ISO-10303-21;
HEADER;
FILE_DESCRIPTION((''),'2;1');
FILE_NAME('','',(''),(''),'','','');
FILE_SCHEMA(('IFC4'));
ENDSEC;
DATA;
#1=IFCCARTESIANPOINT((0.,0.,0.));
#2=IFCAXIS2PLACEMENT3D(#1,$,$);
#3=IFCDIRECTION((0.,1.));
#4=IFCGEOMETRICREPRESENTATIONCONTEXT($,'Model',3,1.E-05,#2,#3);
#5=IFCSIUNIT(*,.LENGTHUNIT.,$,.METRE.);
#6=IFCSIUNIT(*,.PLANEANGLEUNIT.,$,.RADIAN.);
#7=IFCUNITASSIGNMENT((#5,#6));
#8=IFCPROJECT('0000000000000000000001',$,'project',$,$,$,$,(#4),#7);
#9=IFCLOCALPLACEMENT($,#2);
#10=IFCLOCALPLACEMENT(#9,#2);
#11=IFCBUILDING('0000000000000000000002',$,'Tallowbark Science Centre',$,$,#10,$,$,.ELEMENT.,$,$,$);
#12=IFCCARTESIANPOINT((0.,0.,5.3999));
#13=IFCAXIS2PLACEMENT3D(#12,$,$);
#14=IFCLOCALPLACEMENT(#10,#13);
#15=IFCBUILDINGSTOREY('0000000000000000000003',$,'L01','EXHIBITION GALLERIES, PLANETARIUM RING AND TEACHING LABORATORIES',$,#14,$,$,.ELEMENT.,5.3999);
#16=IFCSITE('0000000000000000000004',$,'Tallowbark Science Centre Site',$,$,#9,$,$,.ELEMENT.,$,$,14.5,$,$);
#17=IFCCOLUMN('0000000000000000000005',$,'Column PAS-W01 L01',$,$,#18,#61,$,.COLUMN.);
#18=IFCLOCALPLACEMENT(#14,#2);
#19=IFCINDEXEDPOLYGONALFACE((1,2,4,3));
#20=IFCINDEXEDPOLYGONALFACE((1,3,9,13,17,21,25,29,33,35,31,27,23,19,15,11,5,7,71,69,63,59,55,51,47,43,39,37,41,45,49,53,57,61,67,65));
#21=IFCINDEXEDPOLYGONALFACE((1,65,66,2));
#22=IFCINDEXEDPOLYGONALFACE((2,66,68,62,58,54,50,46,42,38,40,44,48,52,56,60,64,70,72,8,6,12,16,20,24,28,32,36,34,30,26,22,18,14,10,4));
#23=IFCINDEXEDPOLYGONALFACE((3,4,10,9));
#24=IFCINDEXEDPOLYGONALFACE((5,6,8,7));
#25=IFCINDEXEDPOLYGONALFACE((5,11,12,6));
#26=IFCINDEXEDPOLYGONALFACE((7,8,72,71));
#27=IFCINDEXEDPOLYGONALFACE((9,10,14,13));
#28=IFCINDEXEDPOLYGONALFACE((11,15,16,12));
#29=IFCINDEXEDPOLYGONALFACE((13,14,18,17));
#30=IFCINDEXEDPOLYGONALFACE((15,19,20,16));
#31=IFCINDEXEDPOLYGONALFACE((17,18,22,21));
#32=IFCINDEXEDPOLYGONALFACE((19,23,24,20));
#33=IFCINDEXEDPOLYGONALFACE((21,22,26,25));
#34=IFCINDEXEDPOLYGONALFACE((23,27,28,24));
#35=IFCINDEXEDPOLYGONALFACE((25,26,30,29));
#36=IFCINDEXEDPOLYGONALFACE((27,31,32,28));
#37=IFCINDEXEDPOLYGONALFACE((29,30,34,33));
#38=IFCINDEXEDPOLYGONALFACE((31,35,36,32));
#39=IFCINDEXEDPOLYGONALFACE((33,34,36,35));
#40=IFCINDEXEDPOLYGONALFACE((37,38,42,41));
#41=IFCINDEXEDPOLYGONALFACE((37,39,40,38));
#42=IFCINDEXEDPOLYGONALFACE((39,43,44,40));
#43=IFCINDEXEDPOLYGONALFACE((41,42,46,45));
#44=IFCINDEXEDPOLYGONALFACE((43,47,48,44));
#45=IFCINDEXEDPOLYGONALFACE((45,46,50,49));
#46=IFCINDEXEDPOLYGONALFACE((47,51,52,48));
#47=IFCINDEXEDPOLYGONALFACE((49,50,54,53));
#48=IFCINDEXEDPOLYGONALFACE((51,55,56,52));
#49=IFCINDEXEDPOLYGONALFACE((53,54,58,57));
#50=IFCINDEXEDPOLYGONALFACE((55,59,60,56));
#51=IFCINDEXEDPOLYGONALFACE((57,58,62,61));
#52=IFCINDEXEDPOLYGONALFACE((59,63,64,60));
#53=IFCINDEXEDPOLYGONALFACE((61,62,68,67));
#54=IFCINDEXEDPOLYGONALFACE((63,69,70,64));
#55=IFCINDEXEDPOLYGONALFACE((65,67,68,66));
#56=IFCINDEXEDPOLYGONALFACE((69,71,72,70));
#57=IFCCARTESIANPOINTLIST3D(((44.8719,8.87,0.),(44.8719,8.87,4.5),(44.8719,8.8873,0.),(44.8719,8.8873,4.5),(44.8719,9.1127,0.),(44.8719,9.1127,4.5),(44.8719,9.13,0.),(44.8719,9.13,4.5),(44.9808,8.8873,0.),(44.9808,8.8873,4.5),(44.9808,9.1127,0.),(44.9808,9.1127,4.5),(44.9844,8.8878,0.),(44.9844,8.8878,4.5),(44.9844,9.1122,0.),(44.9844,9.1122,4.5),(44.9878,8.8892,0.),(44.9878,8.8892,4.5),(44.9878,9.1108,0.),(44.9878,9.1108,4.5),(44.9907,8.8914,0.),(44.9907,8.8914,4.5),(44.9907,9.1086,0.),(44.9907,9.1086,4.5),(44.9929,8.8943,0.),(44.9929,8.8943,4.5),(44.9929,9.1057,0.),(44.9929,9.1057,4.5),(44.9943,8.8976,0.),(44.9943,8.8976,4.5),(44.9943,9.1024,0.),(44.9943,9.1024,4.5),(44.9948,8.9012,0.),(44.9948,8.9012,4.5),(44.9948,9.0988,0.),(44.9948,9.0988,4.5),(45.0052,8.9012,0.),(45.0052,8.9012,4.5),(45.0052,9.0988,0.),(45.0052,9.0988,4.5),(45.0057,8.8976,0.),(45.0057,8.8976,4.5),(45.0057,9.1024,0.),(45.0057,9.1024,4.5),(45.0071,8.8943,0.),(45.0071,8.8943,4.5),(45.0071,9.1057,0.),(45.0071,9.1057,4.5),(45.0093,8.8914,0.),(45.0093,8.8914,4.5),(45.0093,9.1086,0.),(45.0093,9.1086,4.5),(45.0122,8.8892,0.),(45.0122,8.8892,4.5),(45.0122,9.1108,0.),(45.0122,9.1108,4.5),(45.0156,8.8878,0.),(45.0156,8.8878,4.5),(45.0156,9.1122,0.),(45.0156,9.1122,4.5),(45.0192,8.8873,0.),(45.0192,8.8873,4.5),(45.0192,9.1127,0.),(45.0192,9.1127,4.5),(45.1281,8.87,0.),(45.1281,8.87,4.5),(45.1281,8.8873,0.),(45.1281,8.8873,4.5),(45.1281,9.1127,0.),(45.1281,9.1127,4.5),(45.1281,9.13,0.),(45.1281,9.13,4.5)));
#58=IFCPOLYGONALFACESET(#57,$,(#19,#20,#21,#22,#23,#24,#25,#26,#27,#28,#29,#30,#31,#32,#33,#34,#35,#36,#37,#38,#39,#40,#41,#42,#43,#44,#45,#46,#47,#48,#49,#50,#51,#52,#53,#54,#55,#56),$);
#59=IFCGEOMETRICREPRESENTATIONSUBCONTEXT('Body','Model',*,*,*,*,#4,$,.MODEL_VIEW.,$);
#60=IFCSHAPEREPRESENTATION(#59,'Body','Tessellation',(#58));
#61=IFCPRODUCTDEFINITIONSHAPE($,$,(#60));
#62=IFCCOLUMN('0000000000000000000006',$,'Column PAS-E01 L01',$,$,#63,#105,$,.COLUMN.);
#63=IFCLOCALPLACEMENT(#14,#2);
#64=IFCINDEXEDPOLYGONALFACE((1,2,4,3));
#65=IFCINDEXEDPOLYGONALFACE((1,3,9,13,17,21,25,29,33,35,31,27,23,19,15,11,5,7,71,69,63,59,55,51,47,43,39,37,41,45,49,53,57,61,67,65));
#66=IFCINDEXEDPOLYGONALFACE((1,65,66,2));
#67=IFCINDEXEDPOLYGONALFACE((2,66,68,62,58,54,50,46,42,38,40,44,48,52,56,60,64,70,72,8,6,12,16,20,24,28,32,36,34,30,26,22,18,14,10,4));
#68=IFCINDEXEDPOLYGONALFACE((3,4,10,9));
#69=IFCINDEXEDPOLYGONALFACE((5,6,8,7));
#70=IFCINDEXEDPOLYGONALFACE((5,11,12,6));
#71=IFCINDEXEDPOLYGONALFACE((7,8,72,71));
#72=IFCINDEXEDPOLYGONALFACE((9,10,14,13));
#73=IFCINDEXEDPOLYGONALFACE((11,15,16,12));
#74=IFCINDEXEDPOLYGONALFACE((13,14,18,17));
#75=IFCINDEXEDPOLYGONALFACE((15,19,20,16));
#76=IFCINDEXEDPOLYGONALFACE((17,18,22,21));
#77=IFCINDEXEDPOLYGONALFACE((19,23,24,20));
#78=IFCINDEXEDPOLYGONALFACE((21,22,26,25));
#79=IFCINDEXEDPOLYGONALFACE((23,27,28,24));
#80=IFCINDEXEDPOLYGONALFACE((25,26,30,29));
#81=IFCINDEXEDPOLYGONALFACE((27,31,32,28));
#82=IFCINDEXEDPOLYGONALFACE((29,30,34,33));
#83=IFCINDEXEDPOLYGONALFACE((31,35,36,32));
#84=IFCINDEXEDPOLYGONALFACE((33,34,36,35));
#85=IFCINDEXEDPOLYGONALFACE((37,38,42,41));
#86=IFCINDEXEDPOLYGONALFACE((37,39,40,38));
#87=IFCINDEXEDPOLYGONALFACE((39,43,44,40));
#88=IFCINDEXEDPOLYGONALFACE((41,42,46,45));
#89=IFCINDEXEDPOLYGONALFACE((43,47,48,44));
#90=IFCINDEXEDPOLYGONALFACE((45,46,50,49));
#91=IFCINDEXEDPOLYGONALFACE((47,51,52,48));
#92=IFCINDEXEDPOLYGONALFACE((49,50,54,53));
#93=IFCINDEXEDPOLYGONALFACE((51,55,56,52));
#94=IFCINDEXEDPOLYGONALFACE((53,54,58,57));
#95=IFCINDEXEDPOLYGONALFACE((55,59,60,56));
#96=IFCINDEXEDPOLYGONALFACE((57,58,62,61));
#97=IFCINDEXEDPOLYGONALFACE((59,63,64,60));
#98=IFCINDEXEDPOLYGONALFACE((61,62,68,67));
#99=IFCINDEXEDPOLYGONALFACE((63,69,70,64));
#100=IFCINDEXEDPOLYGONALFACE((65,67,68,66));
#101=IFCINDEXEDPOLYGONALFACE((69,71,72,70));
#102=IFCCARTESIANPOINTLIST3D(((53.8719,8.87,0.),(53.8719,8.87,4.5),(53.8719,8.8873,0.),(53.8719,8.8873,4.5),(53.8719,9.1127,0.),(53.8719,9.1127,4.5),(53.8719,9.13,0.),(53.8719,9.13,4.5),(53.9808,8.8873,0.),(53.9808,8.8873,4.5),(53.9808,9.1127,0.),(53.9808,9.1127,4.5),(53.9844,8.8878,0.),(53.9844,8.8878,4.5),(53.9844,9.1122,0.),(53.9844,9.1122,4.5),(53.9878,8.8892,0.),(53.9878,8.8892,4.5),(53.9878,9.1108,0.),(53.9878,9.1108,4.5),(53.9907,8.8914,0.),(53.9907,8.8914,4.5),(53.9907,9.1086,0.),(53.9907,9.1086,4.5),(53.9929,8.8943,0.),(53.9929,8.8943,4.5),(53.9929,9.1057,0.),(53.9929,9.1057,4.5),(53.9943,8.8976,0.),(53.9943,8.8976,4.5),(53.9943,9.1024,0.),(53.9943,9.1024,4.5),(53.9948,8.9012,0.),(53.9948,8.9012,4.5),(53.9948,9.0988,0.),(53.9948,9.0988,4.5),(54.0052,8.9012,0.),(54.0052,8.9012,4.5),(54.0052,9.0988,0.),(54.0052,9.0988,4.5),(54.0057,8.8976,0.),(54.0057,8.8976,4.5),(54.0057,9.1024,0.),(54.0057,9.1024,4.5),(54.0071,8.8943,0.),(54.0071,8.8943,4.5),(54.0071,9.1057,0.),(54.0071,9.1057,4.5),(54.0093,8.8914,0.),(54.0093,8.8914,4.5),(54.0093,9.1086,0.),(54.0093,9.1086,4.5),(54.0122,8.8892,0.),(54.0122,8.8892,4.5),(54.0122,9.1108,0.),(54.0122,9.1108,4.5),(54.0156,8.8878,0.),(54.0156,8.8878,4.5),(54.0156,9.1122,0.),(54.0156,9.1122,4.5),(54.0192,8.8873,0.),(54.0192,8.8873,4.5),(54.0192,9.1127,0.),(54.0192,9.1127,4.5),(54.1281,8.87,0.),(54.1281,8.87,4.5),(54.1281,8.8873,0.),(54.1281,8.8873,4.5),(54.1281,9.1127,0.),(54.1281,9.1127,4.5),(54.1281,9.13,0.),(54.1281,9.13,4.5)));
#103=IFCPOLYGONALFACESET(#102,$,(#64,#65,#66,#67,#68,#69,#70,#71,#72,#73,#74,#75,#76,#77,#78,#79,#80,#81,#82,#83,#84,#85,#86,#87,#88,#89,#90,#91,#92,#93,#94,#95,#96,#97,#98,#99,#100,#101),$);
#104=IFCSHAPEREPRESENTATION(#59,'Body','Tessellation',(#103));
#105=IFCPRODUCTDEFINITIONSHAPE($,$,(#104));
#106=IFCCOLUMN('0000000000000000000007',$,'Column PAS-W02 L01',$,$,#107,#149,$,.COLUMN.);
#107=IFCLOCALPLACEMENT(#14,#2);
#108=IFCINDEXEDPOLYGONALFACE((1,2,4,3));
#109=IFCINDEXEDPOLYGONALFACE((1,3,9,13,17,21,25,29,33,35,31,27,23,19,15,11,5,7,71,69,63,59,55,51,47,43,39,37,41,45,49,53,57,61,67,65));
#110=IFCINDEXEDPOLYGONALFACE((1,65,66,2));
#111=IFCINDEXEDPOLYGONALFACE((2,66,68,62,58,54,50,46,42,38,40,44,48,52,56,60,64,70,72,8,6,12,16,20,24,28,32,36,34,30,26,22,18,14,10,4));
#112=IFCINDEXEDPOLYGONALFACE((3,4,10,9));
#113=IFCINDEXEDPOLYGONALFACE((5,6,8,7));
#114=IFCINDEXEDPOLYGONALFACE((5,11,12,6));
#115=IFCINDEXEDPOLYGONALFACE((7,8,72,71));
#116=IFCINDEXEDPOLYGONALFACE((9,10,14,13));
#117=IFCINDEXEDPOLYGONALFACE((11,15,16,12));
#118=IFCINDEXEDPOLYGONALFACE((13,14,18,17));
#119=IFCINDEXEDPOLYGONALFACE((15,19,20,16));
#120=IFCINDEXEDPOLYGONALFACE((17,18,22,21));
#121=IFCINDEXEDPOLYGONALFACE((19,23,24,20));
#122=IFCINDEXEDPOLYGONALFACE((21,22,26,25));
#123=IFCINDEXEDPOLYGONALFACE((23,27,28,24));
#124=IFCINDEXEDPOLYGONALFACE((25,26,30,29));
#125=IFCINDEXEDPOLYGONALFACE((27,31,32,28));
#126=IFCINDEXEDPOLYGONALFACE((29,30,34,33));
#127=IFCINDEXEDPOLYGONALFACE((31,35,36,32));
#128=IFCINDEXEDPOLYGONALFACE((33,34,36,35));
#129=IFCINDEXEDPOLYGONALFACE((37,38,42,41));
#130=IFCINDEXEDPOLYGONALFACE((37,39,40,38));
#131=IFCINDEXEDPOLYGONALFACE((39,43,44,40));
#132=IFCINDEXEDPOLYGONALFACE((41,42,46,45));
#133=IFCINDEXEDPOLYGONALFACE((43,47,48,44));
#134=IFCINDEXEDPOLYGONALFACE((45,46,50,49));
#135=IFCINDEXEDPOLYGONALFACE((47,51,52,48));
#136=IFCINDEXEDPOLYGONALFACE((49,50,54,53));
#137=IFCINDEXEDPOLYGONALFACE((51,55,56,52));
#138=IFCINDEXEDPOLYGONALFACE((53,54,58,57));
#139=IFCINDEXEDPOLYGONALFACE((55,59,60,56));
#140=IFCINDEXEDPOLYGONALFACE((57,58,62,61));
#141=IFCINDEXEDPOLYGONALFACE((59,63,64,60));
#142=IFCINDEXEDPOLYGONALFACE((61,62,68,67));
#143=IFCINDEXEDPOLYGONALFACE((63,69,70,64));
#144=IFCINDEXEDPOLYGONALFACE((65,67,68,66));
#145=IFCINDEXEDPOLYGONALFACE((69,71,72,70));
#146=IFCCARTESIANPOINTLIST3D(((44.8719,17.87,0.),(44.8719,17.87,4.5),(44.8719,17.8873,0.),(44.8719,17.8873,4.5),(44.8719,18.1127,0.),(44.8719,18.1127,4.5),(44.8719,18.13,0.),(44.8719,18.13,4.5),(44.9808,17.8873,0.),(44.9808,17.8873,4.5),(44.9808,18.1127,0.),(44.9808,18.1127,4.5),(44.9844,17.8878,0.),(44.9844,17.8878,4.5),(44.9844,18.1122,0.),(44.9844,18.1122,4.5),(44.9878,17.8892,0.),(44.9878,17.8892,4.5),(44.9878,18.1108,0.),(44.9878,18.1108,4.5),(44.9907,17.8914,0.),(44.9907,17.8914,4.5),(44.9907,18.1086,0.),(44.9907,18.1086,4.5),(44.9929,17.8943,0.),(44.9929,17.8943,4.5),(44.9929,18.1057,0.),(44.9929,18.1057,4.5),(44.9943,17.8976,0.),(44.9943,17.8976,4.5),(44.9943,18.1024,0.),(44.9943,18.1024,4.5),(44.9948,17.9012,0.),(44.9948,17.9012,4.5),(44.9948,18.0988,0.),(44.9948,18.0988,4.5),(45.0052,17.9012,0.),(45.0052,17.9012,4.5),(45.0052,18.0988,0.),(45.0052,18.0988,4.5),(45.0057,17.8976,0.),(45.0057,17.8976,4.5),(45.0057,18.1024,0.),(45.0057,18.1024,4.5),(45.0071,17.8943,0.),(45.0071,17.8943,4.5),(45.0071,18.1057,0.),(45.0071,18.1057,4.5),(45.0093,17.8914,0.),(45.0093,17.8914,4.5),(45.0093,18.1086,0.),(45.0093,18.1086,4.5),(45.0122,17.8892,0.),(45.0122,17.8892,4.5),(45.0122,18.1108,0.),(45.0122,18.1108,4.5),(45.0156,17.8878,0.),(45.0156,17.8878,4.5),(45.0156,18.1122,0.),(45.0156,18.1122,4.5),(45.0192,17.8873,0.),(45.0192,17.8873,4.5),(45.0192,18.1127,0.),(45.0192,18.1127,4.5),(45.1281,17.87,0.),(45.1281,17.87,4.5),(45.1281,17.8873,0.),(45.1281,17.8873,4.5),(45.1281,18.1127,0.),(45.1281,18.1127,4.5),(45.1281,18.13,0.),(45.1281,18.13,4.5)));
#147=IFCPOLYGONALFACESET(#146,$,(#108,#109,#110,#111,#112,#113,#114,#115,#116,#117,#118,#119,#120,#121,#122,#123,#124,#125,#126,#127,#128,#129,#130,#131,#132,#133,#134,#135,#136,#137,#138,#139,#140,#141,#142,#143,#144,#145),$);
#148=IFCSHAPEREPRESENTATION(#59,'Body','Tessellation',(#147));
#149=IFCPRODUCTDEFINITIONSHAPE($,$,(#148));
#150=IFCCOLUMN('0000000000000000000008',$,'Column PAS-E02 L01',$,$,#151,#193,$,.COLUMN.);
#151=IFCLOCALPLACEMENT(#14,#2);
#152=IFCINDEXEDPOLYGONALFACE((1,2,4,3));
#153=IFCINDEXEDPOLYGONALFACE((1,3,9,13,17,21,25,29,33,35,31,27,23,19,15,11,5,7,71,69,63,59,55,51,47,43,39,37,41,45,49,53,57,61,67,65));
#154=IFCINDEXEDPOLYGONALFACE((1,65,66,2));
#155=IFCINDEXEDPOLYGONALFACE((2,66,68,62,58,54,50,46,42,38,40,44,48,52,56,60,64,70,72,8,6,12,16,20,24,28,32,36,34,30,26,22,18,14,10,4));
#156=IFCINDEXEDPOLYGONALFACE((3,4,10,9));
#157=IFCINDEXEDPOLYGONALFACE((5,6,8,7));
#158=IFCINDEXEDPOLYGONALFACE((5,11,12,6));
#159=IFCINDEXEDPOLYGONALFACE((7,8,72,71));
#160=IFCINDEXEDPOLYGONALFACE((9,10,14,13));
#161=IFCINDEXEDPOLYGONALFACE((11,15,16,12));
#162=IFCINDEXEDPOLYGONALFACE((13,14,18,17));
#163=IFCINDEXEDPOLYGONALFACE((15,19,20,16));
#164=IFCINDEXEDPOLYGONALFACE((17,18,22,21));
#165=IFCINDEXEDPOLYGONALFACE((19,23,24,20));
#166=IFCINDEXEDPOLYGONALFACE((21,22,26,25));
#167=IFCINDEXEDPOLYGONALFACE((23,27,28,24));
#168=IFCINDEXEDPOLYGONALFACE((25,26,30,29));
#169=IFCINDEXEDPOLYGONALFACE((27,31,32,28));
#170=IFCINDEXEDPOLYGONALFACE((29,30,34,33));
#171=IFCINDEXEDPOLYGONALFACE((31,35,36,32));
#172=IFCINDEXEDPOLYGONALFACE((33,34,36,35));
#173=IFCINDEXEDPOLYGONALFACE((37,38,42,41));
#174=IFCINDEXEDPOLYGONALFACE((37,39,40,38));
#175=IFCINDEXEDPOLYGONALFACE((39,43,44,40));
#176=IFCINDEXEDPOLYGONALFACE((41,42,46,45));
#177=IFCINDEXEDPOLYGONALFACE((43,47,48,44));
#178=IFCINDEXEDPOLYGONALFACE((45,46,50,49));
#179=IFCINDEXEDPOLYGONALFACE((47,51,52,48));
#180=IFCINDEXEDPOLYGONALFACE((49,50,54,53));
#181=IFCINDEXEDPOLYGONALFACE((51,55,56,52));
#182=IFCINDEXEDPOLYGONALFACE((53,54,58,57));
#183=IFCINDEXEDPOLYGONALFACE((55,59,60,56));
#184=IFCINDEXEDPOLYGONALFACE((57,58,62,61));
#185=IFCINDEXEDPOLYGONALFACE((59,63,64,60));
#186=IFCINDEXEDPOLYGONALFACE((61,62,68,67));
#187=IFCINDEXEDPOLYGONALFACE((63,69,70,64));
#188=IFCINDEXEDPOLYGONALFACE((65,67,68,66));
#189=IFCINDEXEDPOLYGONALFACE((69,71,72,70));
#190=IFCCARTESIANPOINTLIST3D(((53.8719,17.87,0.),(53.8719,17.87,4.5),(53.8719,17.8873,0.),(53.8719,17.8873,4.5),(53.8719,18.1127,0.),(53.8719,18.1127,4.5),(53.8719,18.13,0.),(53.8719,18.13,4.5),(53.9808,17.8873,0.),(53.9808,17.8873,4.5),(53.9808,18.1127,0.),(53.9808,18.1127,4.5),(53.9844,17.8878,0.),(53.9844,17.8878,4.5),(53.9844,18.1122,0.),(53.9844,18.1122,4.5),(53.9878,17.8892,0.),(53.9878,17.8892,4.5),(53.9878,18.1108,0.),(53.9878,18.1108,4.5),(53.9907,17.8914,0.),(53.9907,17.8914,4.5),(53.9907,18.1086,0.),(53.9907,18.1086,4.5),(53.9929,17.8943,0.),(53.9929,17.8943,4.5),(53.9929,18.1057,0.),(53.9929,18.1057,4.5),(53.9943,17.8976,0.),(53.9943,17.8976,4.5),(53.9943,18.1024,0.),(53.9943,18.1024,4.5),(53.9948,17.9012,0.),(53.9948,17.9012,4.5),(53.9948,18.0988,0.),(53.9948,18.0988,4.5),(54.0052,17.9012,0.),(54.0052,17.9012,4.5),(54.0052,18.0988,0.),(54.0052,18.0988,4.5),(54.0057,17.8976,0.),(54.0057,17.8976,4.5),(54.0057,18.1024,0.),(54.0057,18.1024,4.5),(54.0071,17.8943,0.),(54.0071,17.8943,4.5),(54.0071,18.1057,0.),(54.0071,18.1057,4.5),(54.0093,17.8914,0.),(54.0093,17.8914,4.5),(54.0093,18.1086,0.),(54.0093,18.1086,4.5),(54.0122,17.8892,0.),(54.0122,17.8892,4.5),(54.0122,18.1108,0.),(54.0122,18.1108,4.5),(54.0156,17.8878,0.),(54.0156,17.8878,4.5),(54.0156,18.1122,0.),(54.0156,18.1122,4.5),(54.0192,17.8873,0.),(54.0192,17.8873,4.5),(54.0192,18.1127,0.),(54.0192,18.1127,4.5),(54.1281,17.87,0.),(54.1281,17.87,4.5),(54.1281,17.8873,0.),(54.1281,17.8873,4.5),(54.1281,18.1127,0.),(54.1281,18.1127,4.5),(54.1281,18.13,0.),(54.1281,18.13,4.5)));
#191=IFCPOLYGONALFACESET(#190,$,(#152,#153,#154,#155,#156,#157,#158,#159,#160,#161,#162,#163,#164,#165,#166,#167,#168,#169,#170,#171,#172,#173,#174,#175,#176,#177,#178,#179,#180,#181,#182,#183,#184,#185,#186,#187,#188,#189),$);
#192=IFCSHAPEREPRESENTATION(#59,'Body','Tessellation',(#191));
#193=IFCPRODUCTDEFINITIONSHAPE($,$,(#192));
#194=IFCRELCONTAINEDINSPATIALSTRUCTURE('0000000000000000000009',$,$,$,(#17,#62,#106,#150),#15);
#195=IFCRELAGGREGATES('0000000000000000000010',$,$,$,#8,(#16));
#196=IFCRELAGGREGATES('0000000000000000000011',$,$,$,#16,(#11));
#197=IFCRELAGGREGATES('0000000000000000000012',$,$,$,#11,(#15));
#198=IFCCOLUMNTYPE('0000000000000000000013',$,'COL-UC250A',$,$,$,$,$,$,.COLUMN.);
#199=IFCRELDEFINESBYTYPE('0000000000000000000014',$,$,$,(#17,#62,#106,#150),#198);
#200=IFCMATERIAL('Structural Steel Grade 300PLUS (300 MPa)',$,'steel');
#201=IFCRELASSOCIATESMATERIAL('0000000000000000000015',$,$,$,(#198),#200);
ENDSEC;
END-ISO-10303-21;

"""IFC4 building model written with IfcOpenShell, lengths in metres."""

from ifc_helpers import new_model, si_unit, direction, frame, origin, origin_2d, place, context, subcontext, project, spatial, i_section, extrude, material, material_profile, profile_set, type_object, element, save


model = new_model("IFC4")

# Units and contexts
model_context = context("Model", 3, precision=1e-05, world=origin(), true_north=direction((0.0, 1.0)))
body_context = subcontext(model_context, "Body", "Model", "MODEL_VIEW")
ifc_project = project(units=[si_unit("LENGTHUNIT", "METRE"), si_unit("PLANEANGLEUNIT", "RADIAN")], contexts=[model_context])

# Site, building, storey
site_placement = place(None, origin())
site = spatial("IfcSite", under=ifc_project, at=site_placement, Name="Tallowbark Science Centre Site", CompositionType="ELEMENT", RefElevation=14.5)
building_placement = place(site_placement, origin())
building = spatial("IfcBuilding", under=site, at=building_placement, Name="Tallowbark Science Centre", CompositionType="ELEMENT")
storey_placement = place(building_placement, frame((0.0, 0.0, 5.3999)))
storey = spatial("IfcBuildingStorey", under=building, at=storey_placement, Name="L01", Description="EXHIBITION GALLERIES, PLANETARIUM RING AND TEACHING LABORATORIES", CompositionType="ELEMENT", Elevation=5.3999)

# Columns
ifc_material_1 = material(Name="Structural Steel Grade 300PLUS (300 MPa)", Category="steel")
ifc_material_profile_1 = material_profile(ifc_material_1, i_section(OverallWidth=0.2561, OverallDepth=0.26, WebThickness=0.0105, FlangeThickness=0.0173, FilletRadius=0.0139, at=origin_2d()), Name="250UC89.5")
ifc_profile_set_1 = profile_set([ifc_material_profile_1], Name="Structural Steel Grade 300PLUS (300 MPa)")
column_type_1 = type_object("IfcColumnType", Name="COL-UC250A", PredefinedType="COLUMN", material=ifc_profile_set_1)
for number, where, z_axis, x_axis, name in (
    (1, (45.0, 9.0, 0.0), (0.0, 0.0, 1.0), (1.0, 0.0, 0.0), "Column PAS-W01 L01"),
    (2, (54.0, 9.0, 0.0), (0.0, 0.0, 1.0), (1.0, 0.0, 0.0), "Column PAS-E01 L01"),
    (3, (45.0, 18.0, 0.0), (0.0, 0.0, 1.0), (1.0, 0.0, 0.0), "Column PAS-W02 L01"),
    (4, (54.0, 18.0, 0.0), (0.0, 0.0, 1.0), (1.0, 0.0, 0.0), "Column PAS-E02 L01"),
):
    element("IfcColumn", number, at=place(storey_placement, frame(where, z_axis=z_axis, x_axis=x_axis)), inside=storey, type_object=column_type_1, Name=name, PredefinedType="COLUMN", context=body_context, shape_type="SweptSolid", body=[
        extrude(i_section(OverallWidth=0.2561, OverallDepth=0.26, WebThickness=0.0105, FlangeThickness=0.0173, FilletRadius=0.0139, at=origin_2d()), origin(), (0.0, 0.0, 1.0), 4.5),
    ])

save(model, "model.ifc")
